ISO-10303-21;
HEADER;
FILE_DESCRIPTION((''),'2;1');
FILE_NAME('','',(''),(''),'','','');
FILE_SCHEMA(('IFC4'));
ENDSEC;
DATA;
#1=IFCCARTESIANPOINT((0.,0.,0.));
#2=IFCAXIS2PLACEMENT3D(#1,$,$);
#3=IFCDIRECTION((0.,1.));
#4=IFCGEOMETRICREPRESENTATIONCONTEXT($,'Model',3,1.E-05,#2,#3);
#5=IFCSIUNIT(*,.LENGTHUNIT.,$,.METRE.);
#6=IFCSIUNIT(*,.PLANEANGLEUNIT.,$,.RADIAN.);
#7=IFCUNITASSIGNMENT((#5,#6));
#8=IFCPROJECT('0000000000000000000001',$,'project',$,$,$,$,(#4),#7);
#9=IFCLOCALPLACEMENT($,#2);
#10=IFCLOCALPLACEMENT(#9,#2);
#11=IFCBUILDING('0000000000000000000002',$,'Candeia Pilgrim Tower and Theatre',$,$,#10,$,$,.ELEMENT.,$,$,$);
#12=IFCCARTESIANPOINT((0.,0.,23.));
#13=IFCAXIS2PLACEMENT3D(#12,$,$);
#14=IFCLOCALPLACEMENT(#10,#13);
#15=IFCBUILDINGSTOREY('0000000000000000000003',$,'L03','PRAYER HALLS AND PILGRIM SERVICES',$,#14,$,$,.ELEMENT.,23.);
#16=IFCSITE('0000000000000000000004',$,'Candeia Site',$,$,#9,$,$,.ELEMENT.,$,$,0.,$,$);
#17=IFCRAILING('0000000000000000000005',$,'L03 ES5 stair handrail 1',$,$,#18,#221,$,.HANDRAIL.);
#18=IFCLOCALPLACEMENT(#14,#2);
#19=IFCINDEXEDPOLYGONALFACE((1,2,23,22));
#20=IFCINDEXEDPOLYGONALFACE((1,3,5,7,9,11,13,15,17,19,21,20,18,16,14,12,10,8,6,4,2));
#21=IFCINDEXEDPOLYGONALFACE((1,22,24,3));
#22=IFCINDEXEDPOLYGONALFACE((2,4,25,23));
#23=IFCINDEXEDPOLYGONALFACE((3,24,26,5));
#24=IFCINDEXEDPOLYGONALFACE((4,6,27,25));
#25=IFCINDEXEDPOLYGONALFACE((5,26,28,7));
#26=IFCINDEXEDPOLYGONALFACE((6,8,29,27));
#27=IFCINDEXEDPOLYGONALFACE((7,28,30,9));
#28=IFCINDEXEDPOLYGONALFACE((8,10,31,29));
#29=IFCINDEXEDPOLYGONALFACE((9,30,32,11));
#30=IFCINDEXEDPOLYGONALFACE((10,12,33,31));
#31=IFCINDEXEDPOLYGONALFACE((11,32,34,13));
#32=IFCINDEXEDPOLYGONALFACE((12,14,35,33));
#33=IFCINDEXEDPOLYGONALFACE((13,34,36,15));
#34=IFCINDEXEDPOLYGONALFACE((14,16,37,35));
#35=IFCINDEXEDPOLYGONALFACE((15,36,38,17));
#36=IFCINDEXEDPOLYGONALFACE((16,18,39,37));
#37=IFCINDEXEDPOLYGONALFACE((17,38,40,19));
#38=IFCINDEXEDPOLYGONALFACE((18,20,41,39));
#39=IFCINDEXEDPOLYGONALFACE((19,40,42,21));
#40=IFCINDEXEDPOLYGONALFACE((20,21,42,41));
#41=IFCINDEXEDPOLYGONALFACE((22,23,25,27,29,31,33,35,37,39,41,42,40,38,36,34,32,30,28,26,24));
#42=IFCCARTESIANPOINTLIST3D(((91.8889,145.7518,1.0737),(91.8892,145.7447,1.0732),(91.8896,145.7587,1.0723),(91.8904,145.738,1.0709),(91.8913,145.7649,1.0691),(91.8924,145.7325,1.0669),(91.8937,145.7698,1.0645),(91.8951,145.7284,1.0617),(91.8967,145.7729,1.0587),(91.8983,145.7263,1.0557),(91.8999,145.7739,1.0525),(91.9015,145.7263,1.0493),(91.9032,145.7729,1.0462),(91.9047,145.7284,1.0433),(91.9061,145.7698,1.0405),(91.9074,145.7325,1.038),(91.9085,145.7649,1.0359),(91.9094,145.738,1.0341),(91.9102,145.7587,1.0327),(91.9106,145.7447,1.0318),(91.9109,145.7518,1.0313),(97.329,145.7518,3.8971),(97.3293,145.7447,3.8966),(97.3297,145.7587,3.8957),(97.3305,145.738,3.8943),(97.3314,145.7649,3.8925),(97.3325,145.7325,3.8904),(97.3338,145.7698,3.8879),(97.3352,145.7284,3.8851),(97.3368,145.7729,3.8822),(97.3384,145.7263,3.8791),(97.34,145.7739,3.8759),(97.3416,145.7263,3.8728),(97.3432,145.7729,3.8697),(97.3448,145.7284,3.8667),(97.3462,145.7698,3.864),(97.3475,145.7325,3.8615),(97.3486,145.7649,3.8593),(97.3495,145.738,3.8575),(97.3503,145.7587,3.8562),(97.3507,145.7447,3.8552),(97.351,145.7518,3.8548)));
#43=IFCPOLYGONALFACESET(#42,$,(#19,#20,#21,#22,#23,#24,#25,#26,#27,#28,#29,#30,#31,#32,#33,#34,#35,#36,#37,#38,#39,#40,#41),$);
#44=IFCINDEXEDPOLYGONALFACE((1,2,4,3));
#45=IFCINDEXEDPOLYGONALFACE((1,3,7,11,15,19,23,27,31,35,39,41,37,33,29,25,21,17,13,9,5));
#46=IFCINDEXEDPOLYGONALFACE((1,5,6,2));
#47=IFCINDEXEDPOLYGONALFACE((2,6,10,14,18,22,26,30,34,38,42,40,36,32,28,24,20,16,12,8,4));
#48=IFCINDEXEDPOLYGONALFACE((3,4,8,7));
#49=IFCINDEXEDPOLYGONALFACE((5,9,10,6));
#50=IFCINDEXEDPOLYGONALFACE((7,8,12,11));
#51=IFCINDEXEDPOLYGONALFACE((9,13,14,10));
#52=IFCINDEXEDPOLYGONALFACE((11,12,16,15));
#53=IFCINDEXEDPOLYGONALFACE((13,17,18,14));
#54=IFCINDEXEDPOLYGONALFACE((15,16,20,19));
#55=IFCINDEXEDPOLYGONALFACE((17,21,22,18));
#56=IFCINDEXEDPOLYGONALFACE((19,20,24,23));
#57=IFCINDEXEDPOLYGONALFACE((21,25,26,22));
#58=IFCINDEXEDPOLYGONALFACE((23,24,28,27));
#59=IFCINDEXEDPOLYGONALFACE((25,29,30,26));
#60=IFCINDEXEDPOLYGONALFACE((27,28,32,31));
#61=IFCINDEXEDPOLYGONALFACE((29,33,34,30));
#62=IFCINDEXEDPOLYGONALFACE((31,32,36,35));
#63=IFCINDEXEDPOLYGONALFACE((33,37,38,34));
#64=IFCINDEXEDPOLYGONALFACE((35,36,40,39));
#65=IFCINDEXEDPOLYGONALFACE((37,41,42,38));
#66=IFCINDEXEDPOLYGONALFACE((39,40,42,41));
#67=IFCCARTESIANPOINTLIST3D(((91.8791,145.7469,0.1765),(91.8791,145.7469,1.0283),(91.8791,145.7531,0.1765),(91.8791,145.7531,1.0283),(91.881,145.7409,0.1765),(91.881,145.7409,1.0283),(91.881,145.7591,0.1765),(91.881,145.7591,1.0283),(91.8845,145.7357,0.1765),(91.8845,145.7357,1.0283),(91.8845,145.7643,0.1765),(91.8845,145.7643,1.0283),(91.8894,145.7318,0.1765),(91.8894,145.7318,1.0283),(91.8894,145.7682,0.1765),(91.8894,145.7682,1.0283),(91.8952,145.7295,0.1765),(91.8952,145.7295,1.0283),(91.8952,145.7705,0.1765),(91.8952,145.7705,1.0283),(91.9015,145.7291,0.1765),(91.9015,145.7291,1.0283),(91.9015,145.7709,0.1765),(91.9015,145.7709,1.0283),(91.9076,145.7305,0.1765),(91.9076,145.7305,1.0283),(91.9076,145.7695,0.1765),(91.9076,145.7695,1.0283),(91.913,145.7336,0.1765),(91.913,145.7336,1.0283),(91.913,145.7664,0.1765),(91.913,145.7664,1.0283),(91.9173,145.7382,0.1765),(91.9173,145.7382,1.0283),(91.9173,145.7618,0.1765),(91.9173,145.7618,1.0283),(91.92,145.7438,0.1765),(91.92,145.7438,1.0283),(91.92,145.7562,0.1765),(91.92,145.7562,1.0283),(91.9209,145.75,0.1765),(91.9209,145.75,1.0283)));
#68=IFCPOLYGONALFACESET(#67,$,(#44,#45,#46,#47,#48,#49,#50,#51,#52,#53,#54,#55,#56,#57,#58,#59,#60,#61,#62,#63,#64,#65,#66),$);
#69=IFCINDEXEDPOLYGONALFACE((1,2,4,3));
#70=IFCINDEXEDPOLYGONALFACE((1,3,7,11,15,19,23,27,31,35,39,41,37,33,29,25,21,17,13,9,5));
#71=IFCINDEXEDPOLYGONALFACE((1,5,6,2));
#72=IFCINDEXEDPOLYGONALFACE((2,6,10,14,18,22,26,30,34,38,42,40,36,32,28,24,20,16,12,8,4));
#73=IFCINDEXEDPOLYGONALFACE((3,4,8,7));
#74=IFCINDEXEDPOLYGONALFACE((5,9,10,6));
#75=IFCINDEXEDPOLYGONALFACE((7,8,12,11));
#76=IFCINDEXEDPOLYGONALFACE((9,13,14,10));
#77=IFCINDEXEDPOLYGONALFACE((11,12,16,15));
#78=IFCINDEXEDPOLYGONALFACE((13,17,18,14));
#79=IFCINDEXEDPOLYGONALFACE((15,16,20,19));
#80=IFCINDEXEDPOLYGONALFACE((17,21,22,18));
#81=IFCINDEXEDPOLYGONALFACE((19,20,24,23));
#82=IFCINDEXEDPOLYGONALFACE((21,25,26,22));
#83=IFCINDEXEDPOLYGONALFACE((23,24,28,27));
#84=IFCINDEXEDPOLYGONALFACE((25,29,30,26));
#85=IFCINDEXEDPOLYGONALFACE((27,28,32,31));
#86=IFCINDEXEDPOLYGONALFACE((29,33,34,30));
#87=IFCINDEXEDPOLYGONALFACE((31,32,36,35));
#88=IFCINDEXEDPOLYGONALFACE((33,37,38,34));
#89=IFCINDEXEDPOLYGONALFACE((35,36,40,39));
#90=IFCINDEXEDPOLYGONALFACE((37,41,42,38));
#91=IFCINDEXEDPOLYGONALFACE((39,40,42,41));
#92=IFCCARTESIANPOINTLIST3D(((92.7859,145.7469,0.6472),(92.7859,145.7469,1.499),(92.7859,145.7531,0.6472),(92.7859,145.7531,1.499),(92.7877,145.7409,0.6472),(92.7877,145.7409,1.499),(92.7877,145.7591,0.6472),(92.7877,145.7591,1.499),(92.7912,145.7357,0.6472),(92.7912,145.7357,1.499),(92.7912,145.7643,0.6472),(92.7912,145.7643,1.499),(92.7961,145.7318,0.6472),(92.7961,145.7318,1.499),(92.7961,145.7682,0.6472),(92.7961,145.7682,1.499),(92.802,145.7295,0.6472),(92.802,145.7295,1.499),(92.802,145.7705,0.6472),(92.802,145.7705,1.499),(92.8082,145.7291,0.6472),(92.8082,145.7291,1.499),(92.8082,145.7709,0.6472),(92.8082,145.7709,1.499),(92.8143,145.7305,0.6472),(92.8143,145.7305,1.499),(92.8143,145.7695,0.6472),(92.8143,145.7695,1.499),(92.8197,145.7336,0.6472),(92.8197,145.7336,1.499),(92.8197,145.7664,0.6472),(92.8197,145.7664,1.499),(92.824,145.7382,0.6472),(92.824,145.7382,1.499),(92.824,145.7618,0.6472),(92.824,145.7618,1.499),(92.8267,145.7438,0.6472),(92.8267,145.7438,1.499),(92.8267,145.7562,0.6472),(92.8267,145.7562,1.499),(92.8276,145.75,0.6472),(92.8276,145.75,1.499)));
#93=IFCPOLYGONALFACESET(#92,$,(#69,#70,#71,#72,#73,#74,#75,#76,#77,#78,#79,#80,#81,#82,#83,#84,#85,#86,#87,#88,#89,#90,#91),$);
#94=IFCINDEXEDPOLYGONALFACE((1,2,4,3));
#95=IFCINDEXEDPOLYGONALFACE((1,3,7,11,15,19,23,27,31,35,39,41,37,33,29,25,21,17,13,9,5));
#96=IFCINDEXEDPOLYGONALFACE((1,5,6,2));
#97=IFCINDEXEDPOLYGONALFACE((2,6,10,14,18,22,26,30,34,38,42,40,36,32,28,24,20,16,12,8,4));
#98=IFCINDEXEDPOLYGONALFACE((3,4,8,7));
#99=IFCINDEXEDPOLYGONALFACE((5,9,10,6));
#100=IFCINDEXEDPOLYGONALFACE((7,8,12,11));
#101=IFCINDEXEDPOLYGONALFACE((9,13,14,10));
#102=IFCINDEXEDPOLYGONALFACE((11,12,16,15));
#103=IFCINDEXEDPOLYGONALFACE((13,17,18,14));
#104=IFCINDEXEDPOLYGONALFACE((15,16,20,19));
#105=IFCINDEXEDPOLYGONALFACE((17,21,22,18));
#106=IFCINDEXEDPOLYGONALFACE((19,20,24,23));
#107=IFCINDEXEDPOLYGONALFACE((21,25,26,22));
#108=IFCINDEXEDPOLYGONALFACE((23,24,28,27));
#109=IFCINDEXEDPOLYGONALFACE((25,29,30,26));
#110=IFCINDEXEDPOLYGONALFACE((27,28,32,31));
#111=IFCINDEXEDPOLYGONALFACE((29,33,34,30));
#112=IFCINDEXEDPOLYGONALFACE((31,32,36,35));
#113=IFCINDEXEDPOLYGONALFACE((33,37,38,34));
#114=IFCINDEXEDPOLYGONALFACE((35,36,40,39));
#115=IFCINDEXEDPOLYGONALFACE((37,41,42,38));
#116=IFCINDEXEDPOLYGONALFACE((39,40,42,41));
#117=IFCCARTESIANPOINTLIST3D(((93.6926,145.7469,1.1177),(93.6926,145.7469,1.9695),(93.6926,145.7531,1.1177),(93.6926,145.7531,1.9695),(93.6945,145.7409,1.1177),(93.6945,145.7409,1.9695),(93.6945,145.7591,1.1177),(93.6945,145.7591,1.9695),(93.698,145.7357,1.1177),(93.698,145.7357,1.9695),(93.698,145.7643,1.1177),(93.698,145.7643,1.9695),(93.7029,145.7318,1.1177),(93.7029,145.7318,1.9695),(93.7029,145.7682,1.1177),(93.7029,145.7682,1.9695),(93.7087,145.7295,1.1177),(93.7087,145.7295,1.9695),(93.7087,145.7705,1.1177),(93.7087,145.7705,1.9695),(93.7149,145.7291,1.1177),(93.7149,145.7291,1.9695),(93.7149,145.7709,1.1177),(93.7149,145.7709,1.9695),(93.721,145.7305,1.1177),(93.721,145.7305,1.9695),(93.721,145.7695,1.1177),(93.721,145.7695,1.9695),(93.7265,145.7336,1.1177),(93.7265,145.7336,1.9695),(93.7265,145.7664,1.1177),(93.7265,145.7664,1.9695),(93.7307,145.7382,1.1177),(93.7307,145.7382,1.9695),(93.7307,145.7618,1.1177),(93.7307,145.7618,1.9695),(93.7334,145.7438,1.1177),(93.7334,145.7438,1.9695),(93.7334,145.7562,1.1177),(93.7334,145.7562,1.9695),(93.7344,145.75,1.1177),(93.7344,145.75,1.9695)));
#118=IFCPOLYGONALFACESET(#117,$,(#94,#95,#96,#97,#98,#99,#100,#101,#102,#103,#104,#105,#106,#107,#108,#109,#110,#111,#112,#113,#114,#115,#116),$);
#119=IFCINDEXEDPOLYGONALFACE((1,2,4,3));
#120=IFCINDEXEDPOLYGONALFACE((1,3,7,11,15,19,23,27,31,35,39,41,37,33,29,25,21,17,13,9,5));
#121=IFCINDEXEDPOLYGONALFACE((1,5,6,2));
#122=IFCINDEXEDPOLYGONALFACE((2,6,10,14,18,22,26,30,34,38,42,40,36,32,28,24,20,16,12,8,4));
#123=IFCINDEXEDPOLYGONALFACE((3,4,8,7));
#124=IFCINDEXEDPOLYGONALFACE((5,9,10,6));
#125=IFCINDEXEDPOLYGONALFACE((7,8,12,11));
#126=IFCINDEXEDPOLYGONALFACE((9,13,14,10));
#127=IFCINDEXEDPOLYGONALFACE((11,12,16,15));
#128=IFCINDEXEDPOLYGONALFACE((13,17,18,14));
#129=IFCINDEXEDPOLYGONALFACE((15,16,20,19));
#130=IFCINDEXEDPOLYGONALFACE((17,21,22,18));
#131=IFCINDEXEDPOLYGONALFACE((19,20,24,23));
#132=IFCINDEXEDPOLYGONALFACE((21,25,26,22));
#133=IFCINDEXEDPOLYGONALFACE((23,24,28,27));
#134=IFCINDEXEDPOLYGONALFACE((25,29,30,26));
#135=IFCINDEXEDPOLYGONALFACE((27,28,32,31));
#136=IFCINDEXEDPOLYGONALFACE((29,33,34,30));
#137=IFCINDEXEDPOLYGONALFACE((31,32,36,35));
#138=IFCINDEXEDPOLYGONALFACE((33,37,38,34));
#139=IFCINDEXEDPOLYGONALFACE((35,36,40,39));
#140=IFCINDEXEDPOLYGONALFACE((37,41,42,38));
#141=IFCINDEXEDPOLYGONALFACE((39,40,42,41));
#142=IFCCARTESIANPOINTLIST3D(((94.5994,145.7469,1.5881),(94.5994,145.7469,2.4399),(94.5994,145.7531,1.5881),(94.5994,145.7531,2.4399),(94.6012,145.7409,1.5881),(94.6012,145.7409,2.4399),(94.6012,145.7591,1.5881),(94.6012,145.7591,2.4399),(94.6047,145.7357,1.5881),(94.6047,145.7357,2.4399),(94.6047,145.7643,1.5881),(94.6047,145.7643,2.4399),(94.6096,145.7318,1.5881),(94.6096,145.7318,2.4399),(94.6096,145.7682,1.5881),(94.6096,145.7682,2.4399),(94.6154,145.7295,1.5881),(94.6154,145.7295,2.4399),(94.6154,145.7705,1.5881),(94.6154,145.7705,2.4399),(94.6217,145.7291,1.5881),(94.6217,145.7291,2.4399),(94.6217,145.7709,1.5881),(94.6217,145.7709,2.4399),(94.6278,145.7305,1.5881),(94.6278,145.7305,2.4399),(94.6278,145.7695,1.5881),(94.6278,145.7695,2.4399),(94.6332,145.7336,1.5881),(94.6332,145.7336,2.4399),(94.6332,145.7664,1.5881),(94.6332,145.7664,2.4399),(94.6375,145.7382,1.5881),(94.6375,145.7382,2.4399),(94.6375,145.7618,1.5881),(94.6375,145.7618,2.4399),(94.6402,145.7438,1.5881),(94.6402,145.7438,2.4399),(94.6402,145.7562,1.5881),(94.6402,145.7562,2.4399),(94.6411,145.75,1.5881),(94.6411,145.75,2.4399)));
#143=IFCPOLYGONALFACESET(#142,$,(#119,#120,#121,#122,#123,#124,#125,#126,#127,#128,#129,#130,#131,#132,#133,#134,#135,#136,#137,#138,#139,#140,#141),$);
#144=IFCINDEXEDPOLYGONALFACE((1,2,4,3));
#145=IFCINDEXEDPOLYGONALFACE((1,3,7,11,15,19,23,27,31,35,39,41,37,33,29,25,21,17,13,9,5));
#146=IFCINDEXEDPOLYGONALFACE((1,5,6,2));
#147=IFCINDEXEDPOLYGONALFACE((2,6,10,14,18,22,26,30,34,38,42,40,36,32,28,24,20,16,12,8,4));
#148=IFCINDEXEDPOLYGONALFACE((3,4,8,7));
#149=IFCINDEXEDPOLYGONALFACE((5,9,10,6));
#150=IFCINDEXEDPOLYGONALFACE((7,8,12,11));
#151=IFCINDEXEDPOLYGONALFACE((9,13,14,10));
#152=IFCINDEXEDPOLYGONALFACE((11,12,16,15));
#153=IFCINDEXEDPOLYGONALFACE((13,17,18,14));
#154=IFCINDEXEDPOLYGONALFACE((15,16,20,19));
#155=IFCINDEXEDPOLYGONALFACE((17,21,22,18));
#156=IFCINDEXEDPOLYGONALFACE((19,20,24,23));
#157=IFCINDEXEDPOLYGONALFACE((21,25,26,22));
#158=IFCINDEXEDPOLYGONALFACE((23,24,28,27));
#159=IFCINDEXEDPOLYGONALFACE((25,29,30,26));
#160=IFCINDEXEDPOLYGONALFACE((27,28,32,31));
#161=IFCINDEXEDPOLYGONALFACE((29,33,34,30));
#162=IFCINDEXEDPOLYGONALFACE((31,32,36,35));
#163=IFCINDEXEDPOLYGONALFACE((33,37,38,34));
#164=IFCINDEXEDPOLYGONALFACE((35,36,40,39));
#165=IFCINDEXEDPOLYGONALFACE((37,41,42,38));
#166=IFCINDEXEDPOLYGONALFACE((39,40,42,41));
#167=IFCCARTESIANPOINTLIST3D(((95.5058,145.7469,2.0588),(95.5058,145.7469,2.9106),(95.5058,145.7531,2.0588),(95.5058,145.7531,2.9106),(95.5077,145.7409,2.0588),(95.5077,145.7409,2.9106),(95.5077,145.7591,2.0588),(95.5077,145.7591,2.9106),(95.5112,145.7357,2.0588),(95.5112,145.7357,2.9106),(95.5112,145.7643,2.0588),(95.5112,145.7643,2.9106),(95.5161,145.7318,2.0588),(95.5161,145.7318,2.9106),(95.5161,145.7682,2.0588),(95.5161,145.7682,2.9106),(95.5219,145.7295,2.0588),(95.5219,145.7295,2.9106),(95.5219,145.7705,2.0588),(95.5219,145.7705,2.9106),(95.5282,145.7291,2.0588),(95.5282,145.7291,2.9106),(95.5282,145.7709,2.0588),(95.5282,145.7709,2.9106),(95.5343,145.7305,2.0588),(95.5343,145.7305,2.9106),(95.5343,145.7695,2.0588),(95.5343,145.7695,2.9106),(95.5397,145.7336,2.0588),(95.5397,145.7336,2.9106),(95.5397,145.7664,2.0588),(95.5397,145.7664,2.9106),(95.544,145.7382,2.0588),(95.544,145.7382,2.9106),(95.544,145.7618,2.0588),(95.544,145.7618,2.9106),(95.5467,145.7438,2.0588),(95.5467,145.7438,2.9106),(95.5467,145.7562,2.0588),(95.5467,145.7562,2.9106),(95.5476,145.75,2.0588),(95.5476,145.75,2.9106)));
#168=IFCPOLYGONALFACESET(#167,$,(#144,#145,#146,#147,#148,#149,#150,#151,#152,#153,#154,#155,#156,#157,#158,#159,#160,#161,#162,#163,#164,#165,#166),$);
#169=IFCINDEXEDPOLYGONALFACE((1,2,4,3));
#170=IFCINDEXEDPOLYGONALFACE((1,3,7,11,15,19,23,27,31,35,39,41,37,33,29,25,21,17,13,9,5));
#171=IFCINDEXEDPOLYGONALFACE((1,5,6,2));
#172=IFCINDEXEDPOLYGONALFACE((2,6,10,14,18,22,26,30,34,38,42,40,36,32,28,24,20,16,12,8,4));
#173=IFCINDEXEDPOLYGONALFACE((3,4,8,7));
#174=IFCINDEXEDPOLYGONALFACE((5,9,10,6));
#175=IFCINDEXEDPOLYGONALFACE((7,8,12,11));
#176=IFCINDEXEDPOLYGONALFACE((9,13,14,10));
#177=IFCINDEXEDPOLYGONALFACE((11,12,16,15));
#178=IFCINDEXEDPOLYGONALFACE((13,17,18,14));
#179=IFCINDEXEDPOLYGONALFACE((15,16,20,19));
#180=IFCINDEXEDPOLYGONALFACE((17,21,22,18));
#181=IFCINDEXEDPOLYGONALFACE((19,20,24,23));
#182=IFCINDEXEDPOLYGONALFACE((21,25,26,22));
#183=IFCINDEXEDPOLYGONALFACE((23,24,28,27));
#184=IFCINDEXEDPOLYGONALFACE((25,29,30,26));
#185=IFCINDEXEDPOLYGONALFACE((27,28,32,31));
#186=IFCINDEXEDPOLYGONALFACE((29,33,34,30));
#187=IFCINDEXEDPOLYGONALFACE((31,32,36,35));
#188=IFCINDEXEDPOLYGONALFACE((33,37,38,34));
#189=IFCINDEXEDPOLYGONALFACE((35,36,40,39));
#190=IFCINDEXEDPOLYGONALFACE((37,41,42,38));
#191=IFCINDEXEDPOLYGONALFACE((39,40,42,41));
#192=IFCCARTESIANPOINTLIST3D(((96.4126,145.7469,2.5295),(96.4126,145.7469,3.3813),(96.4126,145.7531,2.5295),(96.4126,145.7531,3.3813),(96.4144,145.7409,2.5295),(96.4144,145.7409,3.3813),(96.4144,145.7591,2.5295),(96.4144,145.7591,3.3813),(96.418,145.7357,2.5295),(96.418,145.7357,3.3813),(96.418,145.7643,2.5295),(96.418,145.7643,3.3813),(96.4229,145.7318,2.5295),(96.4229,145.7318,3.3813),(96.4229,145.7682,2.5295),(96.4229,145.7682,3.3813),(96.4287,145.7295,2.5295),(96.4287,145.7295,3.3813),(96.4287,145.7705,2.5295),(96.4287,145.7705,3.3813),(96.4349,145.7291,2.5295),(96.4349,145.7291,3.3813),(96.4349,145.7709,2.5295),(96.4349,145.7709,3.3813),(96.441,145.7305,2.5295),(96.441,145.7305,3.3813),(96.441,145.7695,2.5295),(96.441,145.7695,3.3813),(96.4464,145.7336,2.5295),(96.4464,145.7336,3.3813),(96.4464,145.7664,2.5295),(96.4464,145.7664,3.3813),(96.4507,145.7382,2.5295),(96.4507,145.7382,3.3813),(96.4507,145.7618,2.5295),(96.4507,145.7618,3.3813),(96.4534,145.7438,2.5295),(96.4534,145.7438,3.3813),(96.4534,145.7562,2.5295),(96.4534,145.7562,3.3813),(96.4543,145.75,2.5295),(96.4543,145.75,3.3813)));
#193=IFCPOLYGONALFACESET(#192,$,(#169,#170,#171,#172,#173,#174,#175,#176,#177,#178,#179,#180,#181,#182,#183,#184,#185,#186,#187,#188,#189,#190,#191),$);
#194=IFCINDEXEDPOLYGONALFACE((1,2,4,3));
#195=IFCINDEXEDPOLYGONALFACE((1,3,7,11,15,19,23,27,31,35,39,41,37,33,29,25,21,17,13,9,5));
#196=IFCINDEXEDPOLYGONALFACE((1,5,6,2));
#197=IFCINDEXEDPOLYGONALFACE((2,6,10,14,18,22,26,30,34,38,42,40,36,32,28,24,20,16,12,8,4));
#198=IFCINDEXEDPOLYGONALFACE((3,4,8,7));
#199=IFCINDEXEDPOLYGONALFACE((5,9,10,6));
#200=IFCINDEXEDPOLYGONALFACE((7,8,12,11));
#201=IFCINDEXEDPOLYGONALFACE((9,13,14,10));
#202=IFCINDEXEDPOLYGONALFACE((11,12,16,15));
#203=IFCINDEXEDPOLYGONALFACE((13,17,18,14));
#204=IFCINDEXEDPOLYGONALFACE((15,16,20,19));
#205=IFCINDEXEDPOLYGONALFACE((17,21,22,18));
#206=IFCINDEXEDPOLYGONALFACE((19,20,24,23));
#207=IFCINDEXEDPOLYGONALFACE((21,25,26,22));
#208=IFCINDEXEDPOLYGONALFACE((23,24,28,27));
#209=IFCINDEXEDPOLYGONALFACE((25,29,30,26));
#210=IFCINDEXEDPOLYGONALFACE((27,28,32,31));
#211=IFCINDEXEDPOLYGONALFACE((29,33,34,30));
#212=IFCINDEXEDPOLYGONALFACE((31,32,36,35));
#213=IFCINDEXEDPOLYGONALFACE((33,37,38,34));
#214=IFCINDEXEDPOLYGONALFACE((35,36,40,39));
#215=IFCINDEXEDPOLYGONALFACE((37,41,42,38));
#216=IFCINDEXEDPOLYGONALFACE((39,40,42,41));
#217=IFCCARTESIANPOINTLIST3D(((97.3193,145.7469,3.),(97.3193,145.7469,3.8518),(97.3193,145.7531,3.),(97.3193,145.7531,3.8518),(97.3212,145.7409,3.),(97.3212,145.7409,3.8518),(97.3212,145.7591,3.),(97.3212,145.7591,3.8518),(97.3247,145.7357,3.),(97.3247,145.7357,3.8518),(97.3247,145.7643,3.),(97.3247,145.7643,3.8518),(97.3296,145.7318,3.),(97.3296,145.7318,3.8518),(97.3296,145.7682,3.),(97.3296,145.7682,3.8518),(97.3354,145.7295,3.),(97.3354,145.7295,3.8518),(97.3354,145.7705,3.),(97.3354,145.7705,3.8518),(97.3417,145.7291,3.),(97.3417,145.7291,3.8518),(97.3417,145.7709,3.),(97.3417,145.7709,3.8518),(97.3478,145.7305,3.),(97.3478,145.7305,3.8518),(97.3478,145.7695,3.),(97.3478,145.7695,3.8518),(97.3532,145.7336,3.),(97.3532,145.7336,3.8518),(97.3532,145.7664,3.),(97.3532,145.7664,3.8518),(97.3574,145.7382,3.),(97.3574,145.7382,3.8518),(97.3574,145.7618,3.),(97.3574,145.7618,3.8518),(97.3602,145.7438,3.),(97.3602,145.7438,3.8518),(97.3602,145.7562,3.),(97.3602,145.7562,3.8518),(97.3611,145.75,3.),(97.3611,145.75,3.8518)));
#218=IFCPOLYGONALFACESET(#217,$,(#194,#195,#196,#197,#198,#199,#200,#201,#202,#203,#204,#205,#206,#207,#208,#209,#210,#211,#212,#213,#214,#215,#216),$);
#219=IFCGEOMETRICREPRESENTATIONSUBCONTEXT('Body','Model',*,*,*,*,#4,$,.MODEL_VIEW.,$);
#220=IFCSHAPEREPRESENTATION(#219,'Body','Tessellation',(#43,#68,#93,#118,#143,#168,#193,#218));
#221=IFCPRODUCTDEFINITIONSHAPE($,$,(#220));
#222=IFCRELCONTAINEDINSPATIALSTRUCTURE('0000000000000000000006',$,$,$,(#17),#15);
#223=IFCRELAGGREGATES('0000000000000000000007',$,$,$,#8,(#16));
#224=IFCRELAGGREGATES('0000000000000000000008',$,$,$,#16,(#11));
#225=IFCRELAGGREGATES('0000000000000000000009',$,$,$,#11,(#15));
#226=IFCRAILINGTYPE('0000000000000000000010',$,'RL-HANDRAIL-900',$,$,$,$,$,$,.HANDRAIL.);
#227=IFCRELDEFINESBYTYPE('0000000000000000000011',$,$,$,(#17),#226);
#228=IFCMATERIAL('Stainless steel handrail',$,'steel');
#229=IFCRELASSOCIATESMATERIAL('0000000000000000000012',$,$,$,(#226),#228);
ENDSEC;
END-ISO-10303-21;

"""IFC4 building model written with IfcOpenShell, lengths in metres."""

from ifc_helpers import new_model, si_unit, direction, frame, origin, origin_2d, place, context, subcontext, project, spatial, circle, extrude, material, type_object, element, save


model = new_model("IFC4")

# Units and contexts
model_context = context("Model", 3, precision=1e-05, world=origin(), true_north=direction((0.0, 1.0)))
body_context = subcontext(model_context, "Body", "Model", "MODEL_VIEW")
ifc_project = project(units=[si_unit("LENGTHUNIT", "METRE"), si_unit("PLANEANGLEUNIT", "RADIAN")], contexts=[model_context])

# Site, building, storey
site_placement = place(None, origin())
site = spatial("IfcSite", under=ifc_project, at=site_placement, Name="Candeia Site", CompositionType="ELEMENT", RefElevation=0.0)
building_placement = place(site_placement, origin())
building = spatial("IfcBuilding", under=site, at=building_placement, Name="Candeia Pilgrim Tower and Theatre", CompositionType="ELEMENT")
storey_placement = place(building_placement, frame((0.0, 0.0, 23.0)))
storey = spatial("IfcBuildingStorey", under=building, at=storey_placement, Name="L03", Description="PRAYER HALLS AND PILGRIM SERVICES", CompositionType="ELEMENT", Elevation=23.0)

# Railing
ifc_material_1 = material(Name="Stainless steel handrail", Category="steel")
railing_type_1 = type_object("IfcRailingType", Name="RL-HANDRAIL-900", PredefinedType="HANDRAIL", material=ifc_material_1)
railing_1_placement = place(storey_placement, frame((91.8999, 145.75, 0.1765)))
element("IfcRailing", 1, at=railing_1_placement, inside=storey, type_object=railing_type_1, Name="L03 ES5 stair handrail 1", PredefinedType="HANDRAIL", context=body_context, shape_type="SweptSolid", body=[
    extrude(circle(Radius=0.0239, at=origin_2d()), frame((0.0, 0.0, 0.876), z_axis=(0.887578, 0.0, 0.460658), x_axis=(0.0, 1.0, 0.0)), (0.0, 0.0, 1.0), 6.1292),
    extrude(circle(Radius=0.021, at=origin_2d()), origin(), (0.0, 0.0, 1.0), 0.8518),
    extrude(circle(Radius=0.021, at=origin_2d()), frame((0.9067, 0.0, 0.4707)), (0.0, 0.0, 1.0), 0.8518),
    extrude(circle(Radius=0.021, at=origin_2d()), frame((1.8135, 0.0, 0.9412)), (0.0, 0.0, 1.0), 0.8518),
    extrude(circle(Radius=0.021, at=origin_2d()), frame((2.7202, 0.0, 1.4116)), (0.0, 0.0, 1.0), 0.8518),
    extrude(circle(Radius=0.021, at=origin_2d()), frame((3.6267, 0.0, 1.8823)), (0.0, 0.0, 1.0), 0.8518),
    extrude(circle(Radius=0.021, at=origin_2d()), frame((4.5334, 0.0, 2.353)), (0.0, 0.0, 1.0), 0.8518),
    extrude(circle(Radius=0.021, at=origin_2d()), frame((5.4402, 0.0, 2.8235)), (0.0, 0.0, 1.0), 0.8518),
])

save(model, "model.ifc")
